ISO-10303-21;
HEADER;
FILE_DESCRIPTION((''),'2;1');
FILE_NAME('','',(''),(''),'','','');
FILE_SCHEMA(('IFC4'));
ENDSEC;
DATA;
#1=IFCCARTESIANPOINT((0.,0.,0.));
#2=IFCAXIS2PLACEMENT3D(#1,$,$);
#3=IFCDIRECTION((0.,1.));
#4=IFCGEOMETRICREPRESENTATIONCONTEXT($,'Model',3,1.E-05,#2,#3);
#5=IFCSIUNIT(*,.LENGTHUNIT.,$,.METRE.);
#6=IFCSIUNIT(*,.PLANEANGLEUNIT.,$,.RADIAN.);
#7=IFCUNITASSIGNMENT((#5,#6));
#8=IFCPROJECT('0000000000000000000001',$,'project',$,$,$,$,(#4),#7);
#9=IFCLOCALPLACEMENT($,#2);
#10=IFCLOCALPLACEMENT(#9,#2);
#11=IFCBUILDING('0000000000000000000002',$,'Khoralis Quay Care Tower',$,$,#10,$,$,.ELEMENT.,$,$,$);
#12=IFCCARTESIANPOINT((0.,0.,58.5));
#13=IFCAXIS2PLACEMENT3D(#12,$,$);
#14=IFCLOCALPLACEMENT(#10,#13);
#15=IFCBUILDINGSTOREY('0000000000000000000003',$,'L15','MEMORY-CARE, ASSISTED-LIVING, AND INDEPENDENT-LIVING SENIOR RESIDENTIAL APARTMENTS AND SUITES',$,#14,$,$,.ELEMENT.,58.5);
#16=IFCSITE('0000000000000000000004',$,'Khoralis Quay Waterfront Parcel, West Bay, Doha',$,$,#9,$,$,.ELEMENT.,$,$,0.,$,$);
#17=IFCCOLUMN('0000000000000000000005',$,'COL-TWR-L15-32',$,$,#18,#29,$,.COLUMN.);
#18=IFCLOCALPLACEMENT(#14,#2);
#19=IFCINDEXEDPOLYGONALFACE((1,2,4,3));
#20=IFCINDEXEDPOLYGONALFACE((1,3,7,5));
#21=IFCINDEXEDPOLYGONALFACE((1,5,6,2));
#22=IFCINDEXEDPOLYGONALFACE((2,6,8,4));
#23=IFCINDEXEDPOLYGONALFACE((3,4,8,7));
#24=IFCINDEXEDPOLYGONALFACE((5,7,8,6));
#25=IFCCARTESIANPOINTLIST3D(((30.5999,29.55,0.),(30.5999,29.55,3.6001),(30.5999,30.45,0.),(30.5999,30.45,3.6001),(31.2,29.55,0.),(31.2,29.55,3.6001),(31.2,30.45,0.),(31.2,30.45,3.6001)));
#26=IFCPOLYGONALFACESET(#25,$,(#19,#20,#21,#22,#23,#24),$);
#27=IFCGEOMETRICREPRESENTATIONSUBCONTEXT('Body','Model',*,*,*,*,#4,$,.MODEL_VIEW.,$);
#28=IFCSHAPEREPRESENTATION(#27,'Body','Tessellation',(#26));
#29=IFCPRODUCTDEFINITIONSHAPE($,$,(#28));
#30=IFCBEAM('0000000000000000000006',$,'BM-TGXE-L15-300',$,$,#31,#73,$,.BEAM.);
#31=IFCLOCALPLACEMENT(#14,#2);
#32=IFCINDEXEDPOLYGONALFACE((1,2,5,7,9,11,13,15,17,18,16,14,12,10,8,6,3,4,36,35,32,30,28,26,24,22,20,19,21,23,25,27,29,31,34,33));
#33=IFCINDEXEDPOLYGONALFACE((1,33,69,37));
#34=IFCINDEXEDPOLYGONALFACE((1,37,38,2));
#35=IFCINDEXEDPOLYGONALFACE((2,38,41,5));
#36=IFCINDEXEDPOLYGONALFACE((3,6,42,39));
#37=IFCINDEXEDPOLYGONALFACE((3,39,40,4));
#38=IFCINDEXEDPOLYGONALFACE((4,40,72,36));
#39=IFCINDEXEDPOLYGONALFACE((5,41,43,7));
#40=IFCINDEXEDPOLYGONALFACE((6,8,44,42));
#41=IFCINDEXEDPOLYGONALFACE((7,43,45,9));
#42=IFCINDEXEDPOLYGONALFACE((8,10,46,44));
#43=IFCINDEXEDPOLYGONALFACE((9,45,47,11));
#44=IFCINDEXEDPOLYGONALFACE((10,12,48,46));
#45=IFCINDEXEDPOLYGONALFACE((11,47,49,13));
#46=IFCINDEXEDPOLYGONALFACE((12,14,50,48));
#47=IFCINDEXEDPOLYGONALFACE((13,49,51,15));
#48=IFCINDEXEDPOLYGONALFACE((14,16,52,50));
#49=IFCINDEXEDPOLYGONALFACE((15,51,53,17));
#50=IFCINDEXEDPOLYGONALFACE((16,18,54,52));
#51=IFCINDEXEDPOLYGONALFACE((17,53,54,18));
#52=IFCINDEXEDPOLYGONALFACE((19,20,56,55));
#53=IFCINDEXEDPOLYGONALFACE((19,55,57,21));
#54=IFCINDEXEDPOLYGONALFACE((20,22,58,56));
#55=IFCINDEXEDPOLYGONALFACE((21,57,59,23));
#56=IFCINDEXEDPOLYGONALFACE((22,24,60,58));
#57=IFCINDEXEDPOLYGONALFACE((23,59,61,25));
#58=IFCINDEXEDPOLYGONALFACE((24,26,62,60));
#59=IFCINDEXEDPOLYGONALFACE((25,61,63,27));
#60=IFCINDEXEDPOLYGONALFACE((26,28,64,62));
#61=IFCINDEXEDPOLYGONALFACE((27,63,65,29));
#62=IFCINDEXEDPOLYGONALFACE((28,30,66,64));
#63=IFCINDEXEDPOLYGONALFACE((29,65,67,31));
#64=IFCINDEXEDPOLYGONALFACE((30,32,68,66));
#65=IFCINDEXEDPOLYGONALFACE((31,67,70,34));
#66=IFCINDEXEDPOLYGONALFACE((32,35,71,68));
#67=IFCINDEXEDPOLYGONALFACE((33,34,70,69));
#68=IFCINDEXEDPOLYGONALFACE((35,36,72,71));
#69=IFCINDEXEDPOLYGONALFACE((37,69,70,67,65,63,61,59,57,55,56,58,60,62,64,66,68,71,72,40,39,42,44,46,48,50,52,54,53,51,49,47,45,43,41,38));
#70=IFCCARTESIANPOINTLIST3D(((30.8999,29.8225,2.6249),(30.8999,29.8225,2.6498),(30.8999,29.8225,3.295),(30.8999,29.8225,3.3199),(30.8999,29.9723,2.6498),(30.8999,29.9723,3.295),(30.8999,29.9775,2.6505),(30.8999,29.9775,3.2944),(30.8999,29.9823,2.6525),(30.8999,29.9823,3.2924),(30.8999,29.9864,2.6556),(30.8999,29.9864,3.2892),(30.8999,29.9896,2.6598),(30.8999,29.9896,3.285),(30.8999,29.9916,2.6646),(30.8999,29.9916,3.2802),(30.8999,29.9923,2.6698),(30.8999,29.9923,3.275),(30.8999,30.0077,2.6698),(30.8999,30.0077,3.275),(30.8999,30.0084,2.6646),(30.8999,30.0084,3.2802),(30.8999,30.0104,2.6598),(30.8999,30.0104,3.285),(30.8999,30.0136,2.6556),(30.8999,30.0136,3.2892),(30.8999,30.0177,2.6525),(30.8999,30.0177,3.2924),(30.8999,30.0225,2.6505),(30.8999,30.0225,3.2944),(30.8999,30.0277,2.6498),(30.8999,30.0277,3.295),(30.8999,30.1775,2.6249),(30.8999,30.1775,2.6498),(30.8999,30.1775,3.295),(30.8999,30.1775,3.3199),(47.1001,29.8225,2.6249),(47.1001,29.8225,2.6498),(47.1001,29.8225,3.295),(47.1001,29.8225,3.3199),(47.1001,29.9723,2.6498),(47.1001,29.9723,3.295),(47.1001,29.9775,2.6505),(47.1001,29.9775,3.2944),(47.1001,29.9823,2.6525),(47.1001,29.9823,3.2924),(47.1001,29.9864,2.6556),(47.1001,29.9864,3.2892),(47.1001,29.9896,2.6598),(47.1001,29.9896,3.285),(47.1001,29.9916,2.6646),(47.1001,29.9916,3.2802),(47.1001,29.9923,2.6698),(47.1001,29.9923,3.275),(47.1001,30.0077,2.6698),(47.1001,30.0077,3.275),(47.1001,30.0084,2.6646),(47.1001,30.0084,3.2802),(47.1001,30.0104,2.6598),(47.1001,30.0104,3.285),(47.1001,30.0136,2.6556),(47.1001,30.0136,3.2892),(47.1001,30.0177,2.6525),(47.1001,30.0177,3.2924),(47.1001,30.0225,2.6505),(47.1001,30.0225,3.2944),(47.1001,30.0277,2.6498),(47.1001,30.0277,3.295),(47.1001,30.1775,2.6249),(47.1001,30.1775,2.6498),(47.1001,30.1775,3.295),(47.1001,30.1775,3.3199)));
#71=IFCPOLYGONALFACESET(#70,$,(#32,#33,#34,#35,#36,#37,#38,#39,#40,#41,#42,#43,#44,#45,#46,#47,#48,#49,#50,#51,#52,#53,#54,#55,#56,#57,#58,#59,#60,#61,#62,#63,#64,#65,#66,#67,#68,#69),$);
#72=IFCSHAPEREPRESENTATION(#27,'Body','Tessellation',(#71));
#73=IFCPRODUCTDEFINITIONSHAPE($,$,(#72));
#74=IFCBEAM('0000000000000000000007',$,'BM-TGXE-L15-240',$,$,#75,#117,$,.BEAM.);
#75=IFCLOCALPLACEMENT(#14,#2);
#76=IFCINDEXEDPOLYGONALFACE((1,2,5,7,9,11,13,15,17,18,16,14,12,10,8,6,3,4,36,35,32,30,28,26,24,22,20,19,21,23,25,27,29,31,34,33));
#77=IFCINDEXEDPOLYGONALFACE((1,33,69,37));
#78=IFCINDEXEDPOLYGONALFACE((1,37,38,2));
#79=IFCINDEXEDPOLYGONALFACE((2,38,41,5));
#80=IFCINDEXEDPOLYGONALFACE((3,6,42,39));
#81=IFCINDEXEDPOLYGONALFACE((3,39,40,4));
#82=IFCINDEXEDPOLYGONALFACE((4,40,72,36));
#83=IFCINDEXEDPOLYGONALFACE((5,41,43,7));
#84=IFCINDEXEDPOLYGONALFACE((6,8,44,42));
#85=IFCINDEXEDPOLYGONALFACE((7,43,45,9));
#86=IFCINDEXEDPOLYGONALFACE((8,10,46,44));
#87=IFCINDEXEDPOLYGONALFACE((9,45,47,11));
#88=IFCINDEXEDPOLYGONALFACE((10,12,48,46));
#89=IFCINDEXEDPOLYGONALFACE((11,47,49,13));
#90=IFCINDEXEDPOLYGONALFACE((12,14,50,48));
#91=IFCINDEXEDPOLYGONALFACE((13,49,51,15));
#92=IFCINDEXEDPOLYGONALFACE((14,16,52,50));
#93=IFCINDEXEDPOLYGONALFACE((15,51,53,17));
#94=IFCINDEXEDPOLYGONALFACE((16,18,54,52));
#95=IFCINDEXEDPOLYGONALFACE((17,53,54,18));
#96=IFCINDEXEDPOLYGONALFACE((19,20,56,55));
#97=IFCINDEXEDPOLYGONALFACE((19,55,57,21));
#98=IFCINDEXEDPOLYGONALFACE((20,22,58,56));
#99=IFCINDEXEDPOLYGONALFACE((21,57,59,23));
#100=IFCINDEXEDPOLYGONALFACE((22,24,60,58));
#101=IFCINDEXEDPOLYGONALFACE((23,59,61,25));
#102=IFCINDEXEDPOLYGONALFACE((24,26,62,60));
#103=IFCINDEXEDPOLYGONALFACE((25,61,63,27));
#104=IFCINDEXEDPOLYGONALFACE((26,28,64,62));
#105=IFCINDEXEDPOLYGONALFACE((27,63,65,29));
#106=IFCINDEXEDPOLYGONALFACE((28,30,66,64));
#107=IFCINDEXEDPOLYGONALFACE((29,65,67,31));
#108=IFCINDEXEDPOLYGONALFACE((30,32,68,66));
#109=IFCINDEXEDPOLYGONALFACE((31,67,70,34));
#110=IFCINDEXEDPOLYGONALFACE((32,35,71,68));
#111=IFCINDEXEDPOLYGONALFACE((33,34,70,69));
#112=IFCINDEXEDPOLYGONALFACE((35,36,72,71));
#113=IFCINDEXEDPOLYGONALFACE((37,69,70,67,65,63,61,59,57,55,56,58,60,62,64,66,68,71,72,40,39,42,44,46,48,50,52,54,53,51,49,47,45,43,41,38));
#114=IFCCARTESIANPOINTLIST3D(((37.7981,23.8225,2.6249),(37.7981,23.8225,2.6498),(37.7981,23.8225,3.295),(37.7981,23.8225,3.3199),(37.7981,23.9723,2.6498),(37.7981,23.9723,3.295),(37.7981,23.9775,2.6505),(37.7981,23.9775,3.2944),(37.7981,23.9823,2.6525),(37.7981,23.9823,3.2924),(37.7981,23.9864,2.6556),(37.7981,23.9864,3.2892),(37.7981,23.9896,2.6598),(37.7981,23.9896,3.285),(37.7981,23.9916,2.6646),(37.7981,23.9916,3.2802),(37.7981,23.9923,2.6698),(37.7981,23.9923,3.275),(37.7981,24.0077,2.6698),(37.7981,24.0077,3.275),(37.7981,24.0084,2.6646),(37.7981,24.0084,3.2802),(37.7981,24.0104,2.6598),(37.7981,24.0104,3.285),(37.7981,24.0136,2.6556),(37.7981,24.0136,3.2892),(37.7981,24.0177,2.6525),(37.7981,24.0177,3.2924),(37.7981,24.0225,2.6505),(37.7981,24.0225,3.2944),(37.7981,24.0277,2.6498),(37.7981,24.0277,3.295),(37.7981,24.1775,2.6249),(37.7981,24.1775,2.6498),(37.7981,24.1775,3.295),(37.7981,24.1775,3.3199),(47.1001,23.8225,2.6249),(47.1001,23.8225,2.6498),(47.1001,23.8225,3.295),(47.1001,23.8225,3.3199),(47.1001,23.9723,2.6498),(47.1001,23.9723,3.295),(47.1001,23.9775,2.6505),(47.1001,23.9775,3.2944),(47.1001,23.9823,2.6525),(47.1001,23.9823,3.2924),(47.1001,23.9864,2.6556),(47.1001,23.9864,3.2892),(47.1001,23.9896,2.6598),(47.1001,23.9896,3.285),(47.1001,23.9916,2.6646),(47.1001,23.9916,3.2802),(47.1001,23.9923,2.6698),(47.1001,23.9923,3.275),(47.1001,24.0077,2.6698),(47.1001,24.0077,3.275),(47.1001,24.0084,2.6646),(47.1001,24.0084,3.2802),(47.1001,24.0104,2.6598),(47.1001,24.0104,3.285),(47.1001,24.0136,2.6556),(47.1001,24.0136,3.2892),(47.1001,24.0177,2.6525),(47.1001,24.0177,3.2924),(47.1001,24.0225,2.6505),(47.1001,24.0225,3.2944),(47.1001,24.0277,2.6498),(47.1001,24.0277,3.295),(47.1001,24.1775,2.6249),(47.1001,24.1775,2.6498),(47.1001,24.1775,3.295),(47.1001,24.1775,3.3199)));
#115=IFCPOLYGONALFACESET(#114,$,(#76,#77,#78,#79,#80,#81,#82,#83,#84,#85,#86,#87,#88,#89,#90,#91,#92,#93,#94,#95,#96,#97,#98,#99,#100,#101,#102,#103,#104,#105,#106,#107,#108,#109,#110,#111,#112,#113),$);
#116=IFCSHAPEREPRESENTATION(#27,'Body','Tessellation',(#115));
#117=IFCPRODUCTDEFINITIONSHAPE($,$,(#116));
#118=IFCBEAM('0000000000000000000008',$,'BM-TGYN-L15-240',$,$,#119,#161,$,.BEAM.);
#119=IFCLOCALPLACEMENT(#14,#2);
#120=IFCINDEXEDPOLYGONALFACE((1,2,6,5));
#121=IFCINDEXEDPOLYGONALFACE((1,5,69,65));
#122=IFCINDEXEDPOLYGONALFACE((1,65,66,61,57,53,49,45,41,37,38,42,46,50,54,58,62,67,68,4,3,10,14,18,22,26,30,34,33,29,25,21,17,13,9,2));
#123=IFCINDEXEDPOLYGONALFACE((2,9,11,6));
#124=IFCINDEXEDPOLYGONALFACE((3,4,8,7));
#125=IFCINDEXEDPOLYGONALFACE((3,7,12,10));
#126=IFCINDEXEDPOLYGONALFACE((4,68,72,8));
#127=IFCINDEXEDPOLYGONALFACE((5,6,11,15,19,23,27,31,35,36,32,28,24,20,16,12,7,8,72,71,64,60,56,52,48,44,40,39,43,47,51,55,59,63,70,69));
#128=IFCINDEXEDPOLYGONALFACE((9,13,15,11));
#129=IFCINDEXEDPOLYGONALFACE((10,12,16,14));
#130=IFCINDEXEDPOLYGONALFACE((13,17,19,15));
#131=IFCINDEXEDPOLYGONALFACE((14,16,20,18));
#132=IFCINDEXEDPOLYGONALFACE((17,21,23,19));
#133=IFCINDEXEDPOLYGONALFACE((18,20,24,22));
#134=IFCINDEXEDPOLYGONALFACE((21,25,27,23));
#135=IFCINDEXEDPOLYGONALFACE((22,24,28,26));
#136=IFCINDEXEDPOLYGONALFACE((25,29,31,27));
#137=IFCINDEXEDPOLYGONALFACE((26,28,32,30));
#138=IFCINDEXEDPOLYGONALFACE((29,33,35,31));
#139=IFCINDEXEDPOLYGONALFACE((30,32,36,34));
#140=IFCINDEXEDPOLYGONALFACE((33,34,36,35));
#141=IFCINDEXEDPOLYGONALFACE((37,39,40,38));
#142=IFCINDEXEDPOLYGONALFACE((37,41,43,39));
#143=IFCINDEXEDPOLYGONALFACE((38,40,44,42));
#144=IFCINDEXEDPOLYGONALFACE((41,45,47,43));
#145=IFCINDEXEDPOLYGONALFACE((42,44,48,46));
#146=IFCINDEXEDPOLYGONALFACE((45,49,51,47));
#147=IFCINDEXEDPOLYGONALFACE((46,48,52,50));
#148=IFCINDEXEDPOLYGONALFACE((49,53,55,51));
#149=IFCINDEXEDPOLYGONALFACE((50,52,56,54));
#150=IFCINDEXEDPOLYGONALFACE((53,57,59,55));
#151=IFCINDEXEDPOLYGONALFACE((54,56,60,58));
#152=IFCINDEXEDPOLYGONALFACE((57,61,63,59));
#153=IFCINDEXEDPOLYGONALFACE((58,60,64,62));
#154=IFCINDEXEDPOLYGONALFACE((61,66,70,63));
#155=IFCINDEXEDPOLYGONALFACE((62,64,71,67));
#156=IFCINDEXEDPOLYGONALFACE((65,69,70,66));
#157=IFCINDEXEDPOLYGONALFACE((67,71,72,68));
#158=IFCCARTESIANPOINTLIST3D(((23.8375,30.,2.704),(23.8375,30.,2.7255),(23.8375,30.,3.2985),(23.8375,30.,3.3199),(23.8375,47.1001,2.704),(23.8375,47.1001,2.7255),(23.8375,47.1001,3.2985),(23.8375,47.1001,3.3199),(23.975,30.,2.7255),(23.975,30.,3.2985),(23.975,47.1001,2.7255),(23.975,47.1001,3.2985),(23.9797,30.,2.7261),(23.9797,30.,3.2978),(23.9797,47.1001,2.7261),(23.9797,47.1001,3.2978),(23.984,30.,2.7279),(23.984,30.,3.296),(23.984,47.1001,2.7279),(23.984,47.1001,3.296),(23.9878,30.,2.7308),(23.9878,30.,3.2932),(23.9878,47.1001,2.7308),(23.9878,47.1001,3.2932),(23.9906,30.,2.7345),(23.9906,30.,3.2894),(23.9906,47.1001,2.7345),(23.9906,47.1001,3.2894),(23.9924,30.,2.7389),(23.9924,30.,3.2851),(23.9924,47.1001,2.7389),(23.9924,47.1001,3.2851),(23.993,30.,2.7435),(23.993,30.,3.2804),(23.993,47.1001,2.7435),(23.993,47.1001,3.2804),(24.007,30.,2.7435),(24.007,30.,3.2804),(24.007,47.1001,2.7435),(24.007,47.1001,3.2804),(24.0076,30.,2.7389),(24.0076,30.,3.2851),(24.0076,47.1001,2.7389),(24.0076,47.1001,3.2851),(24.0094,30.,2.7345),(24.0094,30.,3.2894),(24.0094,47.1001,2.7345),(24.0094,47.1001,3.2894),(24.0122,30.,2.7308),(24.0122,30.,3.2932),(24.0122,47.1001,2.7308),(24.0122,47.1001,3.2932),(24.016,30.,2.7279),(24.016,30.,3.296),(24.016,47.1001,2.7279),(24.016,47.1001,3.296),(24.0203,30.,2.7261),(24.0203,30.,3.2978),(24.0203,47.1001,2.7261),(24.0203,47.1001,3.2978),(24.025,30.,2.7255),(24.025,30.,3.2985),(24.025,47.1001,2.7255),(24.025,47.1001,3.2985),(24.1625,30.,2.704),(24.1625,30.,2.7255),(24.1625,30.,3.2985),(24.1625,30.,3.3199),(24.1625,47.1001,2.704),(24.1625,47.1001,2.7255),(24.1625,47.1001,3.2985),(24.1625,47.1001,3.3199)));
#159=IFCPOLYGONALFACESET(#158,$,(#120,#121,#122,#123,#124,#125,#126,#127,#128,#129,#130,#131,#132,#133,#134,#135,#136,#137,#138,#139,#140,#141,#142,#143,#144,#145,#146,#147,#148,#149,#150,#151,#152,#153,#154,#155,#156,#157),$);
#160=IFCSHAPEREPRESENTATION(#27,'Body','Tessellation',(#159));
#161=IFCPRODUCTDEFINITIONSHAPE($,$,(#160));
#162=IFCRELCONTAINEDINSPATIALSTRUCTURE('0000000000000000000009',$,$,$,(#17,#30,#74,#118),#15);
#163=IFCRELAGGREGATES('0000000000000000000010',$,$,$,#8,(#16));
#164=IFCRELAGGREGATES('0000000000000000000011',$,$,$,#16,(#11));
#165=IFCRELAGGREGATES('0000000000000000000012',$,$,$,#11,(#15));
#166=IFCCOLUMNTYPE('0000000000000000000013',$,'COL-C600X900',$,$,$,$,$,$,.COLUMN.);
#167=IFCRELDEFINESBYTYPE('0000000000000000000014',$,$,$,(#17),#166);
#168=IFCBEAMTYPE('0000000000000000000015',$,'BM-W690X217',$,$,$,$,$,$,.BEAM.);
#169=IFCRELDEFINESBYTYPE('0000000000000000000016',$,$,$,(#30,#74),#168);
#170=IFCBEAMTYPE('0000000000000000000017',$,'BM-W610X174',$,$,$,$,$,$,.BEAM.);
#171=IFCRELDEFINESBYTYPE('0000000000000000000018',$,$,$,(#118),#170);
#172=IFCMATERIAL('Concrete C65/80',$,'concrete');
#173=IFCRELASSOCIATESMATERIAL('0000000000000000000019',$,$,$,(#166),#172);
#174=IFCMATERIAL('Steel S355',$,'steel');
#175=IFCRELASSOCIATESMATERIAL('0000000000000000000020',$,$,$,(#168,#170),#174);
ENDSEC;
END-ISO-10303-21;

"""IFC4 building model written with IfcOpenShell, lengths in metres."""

from ifc_helpers import new_model, si_unit, direction, frame, origin, origin_2d, place, context, subcontext, project, spatial, rectangle, i_section, extrude, source, transform, mapped, material, material_profile, profile_set, type_object, element, save


model = new_model("IFC4")

# Units and contexts
model_context = context("Model", 3, precision=1e-05, world=origin(), true_north=direction((0.0, 1.0)))
body_context = subcontext(model_context, "Body", "Model", "MODEL_VIEW")
ifc_project = project(units=[si_unit("LENGTHUNIT", "METRE"), si_unit("PLANEANGLEUNIT", "RADIAN")], contexts=[model_context])

# Site, building, storey
site_placement = place(None, origin())
site = spatial("IfcSite", under=ifc_project, at=site_placement, Name="Khoralis Quay Waterfront Parcel, West Bay, Doha", CompositionType="ELEMENT", RefElevation=0.0)
building_placement = place(site_placement, origin())
building = spatial("IfcBuilding", under=site, at=building_placement, Name="Khoralis Quay Care Tower", CompositionType="ELEMENT")
storey_placement = place(building_placement, frame((0.0, 0.0, 58.5)))
storey = spatial("IfcBuildingStorey", under=building, at=storey_placement, Name="L15", Description="MEMORY-CARE, ASSISTED-LIVING, AND INDEPENDENT-LIVING SENIOR RESIDENTIAL APARTMENTS AND SUITES", CompositionType="ELEMENT", Elevation=58.5)

# Column
ifc_material_1 = material(Name="Concrete C65/80", Category="concrete")
ifc_material_profile_1 = material_profile(ifc_material_1, rectangle(XDim=0.6001, YDim=0.8999, at=origin_2d()), Name="Concrete C65/80")
ifc_profile_set_1 = profile_set([ifc_material_profile_1], Name="Concrete C65/80")
column_type = type_object("IfcColumnType", Name="COL-C600X900", PredefinedType="COLUMN", material=ifc_profile_set_1)
shared_shape_1 = source(origin(), body_context, "Body", "SweptSolid", [
    extrude(rectangle(XDim=0.6001, YDim=0.8999, at=origin_2d()), origin(), (0.0, 0.0, 1.0), 3.6001),
])
column_placement = place(storey_placement, frame((30.8999, 30.0, 0.0), z_axis=(0.0, 0.0, 1.0), x_axis=(1.0, 0.0, 0.0)))
element("IfcColumn", 1, at=column_placement, inside=storey, type_object=column_type, Name="COL-TWR-L15-32", PredefinedType="COLUMN", context=body_context, shape_type="MappedRepresentation", body=[
    mapped(shared_shape_1, transform((0.0, 0.0, 0.0), scale=1.0)),
])

# Beams
ifc_material_2 = material(Name="Steel S355", Category="steel")
ifc_material_profile_2 = material_profile(ifc_material_2, i_section(OverallWidth=0.355, OverallDepth=0.6951, WebThickness=0.0154, FlangeThickness=0.0249, FilletRadius=0.02, at=origin_2d()), Name="Steel S355")
ifc_profile_set_2 = profile_set([ifc_material_profile_2], Name="Steel S355")
beam_type_1 = type_object("IfcBeamType", Name="BM-W690X217", PredefinedType="BEAM", material=ifc_profile_set_2)
shared_shape_2 = source(origin(), body_context, "Body", "SweptSolid", [
    extrude(i_section(OverallWidth=0.355, OverallDepth=0.6951, WebThickness=0.0154, FlangeThickness=0.0249, FilletRadius=0.02, at=origin_2d()), origin(), (0.0, 0.0, 1.0), 16.2002),
])
beam_1_placement = place(storey_placement, frame((30.8999, 30.0, 2.9724), z_axis=(1.0, 0.0, 0.0), x_axis=(0.0, 1.0, 0.0)))
element("IfcBeam", 2, at=beam_1_placement, inside=storey, type_object=beam_type_1, Name="BM-TGXE-L15-300", PredefinedType="BEAM", context=body_context, shape_type="MappedRepresentation", body=[
    mapped(shared_shape_2, transform((0.0, 0.0, 0.0), scale=1.0)),
])
shared_shape_3 = source(origin(), body_context, "Body", "SweptSolid", [
    extrude(i_section(OverallWidth=0.355, OverallDepth=0.6951, WebThickness=0.0154, FlangeThickness=0.0249, FilletRadius=0.02, at=origin_2d()), origin(), (0.0, 0.0, 1.0), 9.302),
])
beam_2_placement = place(storey_placement, frame((37.7981, 24.0, 2.9724), z_axis=(1.0, 0.0, 0.0), x_axis=(0.0, 1.0, 0.0)))
element("IfcBeam", 3, at=beam_2_placement, inside=storey, type_object=beam_type_1, Name="BM-TGXE-L15-240", PredefinedType="BEAM", context=body_context, shape_type="MappedRepresentation", body=[
    mapped(shared_shape_3, transform((0.0, 0.0, 0.0), scale=1.0)),
])
ifc_material_profile_3 = material_profile(ifc_material_2, i_section(OverallWidth=0.325, OverallDepth=0.616, WebThickness=0.0139, FlangeThickness=0.0215, FilletRadius=0.0181, at=origin_2d()), Name="Steel S355")
ifc_profile_set_3 = profile_set([ifc_material_profile_3], Name="Steel S355")
beam_type_2 = type_object("IfcBeamType", Name="BM-W610X174", PredefinedType="BEAM", material=ifc_profile_set_3)
shared_shape_4 = source(origin(), body_context, "Body", "SweptSolid", [
    extrude(i_section(OverallWidth=0.325, OverallDepth=0.616, WebThickness=0.0139, FlangeThickness=0.0215, FilletRadius=0.0181, at=origin_2d()), origin(), (0.0, 0.0, 1.0), 17.1001),
])
for number, where, z_axis, x_axis, name in (
    (4, (24.0, 30.0, 3.012), (0.0, 1.0, 0.0), (-1.0, 0.0, 0.0), "BM-TGYN-L15-240"),
):
    element("IfcBeam", number, at=place(storey_placement, frame(where, z_axis=z_axis, x_axis=x_axis)), inside=storey, type_object=beam_type_2, Name=name, PredefinedType="BEAM", context=body_context, shape_type="MappedRepresentation", body=[
        mapped(shared_shape_4, transform((0.0, 0.0, 0.0), scale=1.0)),
    ])

save(model, "model.ifc")
